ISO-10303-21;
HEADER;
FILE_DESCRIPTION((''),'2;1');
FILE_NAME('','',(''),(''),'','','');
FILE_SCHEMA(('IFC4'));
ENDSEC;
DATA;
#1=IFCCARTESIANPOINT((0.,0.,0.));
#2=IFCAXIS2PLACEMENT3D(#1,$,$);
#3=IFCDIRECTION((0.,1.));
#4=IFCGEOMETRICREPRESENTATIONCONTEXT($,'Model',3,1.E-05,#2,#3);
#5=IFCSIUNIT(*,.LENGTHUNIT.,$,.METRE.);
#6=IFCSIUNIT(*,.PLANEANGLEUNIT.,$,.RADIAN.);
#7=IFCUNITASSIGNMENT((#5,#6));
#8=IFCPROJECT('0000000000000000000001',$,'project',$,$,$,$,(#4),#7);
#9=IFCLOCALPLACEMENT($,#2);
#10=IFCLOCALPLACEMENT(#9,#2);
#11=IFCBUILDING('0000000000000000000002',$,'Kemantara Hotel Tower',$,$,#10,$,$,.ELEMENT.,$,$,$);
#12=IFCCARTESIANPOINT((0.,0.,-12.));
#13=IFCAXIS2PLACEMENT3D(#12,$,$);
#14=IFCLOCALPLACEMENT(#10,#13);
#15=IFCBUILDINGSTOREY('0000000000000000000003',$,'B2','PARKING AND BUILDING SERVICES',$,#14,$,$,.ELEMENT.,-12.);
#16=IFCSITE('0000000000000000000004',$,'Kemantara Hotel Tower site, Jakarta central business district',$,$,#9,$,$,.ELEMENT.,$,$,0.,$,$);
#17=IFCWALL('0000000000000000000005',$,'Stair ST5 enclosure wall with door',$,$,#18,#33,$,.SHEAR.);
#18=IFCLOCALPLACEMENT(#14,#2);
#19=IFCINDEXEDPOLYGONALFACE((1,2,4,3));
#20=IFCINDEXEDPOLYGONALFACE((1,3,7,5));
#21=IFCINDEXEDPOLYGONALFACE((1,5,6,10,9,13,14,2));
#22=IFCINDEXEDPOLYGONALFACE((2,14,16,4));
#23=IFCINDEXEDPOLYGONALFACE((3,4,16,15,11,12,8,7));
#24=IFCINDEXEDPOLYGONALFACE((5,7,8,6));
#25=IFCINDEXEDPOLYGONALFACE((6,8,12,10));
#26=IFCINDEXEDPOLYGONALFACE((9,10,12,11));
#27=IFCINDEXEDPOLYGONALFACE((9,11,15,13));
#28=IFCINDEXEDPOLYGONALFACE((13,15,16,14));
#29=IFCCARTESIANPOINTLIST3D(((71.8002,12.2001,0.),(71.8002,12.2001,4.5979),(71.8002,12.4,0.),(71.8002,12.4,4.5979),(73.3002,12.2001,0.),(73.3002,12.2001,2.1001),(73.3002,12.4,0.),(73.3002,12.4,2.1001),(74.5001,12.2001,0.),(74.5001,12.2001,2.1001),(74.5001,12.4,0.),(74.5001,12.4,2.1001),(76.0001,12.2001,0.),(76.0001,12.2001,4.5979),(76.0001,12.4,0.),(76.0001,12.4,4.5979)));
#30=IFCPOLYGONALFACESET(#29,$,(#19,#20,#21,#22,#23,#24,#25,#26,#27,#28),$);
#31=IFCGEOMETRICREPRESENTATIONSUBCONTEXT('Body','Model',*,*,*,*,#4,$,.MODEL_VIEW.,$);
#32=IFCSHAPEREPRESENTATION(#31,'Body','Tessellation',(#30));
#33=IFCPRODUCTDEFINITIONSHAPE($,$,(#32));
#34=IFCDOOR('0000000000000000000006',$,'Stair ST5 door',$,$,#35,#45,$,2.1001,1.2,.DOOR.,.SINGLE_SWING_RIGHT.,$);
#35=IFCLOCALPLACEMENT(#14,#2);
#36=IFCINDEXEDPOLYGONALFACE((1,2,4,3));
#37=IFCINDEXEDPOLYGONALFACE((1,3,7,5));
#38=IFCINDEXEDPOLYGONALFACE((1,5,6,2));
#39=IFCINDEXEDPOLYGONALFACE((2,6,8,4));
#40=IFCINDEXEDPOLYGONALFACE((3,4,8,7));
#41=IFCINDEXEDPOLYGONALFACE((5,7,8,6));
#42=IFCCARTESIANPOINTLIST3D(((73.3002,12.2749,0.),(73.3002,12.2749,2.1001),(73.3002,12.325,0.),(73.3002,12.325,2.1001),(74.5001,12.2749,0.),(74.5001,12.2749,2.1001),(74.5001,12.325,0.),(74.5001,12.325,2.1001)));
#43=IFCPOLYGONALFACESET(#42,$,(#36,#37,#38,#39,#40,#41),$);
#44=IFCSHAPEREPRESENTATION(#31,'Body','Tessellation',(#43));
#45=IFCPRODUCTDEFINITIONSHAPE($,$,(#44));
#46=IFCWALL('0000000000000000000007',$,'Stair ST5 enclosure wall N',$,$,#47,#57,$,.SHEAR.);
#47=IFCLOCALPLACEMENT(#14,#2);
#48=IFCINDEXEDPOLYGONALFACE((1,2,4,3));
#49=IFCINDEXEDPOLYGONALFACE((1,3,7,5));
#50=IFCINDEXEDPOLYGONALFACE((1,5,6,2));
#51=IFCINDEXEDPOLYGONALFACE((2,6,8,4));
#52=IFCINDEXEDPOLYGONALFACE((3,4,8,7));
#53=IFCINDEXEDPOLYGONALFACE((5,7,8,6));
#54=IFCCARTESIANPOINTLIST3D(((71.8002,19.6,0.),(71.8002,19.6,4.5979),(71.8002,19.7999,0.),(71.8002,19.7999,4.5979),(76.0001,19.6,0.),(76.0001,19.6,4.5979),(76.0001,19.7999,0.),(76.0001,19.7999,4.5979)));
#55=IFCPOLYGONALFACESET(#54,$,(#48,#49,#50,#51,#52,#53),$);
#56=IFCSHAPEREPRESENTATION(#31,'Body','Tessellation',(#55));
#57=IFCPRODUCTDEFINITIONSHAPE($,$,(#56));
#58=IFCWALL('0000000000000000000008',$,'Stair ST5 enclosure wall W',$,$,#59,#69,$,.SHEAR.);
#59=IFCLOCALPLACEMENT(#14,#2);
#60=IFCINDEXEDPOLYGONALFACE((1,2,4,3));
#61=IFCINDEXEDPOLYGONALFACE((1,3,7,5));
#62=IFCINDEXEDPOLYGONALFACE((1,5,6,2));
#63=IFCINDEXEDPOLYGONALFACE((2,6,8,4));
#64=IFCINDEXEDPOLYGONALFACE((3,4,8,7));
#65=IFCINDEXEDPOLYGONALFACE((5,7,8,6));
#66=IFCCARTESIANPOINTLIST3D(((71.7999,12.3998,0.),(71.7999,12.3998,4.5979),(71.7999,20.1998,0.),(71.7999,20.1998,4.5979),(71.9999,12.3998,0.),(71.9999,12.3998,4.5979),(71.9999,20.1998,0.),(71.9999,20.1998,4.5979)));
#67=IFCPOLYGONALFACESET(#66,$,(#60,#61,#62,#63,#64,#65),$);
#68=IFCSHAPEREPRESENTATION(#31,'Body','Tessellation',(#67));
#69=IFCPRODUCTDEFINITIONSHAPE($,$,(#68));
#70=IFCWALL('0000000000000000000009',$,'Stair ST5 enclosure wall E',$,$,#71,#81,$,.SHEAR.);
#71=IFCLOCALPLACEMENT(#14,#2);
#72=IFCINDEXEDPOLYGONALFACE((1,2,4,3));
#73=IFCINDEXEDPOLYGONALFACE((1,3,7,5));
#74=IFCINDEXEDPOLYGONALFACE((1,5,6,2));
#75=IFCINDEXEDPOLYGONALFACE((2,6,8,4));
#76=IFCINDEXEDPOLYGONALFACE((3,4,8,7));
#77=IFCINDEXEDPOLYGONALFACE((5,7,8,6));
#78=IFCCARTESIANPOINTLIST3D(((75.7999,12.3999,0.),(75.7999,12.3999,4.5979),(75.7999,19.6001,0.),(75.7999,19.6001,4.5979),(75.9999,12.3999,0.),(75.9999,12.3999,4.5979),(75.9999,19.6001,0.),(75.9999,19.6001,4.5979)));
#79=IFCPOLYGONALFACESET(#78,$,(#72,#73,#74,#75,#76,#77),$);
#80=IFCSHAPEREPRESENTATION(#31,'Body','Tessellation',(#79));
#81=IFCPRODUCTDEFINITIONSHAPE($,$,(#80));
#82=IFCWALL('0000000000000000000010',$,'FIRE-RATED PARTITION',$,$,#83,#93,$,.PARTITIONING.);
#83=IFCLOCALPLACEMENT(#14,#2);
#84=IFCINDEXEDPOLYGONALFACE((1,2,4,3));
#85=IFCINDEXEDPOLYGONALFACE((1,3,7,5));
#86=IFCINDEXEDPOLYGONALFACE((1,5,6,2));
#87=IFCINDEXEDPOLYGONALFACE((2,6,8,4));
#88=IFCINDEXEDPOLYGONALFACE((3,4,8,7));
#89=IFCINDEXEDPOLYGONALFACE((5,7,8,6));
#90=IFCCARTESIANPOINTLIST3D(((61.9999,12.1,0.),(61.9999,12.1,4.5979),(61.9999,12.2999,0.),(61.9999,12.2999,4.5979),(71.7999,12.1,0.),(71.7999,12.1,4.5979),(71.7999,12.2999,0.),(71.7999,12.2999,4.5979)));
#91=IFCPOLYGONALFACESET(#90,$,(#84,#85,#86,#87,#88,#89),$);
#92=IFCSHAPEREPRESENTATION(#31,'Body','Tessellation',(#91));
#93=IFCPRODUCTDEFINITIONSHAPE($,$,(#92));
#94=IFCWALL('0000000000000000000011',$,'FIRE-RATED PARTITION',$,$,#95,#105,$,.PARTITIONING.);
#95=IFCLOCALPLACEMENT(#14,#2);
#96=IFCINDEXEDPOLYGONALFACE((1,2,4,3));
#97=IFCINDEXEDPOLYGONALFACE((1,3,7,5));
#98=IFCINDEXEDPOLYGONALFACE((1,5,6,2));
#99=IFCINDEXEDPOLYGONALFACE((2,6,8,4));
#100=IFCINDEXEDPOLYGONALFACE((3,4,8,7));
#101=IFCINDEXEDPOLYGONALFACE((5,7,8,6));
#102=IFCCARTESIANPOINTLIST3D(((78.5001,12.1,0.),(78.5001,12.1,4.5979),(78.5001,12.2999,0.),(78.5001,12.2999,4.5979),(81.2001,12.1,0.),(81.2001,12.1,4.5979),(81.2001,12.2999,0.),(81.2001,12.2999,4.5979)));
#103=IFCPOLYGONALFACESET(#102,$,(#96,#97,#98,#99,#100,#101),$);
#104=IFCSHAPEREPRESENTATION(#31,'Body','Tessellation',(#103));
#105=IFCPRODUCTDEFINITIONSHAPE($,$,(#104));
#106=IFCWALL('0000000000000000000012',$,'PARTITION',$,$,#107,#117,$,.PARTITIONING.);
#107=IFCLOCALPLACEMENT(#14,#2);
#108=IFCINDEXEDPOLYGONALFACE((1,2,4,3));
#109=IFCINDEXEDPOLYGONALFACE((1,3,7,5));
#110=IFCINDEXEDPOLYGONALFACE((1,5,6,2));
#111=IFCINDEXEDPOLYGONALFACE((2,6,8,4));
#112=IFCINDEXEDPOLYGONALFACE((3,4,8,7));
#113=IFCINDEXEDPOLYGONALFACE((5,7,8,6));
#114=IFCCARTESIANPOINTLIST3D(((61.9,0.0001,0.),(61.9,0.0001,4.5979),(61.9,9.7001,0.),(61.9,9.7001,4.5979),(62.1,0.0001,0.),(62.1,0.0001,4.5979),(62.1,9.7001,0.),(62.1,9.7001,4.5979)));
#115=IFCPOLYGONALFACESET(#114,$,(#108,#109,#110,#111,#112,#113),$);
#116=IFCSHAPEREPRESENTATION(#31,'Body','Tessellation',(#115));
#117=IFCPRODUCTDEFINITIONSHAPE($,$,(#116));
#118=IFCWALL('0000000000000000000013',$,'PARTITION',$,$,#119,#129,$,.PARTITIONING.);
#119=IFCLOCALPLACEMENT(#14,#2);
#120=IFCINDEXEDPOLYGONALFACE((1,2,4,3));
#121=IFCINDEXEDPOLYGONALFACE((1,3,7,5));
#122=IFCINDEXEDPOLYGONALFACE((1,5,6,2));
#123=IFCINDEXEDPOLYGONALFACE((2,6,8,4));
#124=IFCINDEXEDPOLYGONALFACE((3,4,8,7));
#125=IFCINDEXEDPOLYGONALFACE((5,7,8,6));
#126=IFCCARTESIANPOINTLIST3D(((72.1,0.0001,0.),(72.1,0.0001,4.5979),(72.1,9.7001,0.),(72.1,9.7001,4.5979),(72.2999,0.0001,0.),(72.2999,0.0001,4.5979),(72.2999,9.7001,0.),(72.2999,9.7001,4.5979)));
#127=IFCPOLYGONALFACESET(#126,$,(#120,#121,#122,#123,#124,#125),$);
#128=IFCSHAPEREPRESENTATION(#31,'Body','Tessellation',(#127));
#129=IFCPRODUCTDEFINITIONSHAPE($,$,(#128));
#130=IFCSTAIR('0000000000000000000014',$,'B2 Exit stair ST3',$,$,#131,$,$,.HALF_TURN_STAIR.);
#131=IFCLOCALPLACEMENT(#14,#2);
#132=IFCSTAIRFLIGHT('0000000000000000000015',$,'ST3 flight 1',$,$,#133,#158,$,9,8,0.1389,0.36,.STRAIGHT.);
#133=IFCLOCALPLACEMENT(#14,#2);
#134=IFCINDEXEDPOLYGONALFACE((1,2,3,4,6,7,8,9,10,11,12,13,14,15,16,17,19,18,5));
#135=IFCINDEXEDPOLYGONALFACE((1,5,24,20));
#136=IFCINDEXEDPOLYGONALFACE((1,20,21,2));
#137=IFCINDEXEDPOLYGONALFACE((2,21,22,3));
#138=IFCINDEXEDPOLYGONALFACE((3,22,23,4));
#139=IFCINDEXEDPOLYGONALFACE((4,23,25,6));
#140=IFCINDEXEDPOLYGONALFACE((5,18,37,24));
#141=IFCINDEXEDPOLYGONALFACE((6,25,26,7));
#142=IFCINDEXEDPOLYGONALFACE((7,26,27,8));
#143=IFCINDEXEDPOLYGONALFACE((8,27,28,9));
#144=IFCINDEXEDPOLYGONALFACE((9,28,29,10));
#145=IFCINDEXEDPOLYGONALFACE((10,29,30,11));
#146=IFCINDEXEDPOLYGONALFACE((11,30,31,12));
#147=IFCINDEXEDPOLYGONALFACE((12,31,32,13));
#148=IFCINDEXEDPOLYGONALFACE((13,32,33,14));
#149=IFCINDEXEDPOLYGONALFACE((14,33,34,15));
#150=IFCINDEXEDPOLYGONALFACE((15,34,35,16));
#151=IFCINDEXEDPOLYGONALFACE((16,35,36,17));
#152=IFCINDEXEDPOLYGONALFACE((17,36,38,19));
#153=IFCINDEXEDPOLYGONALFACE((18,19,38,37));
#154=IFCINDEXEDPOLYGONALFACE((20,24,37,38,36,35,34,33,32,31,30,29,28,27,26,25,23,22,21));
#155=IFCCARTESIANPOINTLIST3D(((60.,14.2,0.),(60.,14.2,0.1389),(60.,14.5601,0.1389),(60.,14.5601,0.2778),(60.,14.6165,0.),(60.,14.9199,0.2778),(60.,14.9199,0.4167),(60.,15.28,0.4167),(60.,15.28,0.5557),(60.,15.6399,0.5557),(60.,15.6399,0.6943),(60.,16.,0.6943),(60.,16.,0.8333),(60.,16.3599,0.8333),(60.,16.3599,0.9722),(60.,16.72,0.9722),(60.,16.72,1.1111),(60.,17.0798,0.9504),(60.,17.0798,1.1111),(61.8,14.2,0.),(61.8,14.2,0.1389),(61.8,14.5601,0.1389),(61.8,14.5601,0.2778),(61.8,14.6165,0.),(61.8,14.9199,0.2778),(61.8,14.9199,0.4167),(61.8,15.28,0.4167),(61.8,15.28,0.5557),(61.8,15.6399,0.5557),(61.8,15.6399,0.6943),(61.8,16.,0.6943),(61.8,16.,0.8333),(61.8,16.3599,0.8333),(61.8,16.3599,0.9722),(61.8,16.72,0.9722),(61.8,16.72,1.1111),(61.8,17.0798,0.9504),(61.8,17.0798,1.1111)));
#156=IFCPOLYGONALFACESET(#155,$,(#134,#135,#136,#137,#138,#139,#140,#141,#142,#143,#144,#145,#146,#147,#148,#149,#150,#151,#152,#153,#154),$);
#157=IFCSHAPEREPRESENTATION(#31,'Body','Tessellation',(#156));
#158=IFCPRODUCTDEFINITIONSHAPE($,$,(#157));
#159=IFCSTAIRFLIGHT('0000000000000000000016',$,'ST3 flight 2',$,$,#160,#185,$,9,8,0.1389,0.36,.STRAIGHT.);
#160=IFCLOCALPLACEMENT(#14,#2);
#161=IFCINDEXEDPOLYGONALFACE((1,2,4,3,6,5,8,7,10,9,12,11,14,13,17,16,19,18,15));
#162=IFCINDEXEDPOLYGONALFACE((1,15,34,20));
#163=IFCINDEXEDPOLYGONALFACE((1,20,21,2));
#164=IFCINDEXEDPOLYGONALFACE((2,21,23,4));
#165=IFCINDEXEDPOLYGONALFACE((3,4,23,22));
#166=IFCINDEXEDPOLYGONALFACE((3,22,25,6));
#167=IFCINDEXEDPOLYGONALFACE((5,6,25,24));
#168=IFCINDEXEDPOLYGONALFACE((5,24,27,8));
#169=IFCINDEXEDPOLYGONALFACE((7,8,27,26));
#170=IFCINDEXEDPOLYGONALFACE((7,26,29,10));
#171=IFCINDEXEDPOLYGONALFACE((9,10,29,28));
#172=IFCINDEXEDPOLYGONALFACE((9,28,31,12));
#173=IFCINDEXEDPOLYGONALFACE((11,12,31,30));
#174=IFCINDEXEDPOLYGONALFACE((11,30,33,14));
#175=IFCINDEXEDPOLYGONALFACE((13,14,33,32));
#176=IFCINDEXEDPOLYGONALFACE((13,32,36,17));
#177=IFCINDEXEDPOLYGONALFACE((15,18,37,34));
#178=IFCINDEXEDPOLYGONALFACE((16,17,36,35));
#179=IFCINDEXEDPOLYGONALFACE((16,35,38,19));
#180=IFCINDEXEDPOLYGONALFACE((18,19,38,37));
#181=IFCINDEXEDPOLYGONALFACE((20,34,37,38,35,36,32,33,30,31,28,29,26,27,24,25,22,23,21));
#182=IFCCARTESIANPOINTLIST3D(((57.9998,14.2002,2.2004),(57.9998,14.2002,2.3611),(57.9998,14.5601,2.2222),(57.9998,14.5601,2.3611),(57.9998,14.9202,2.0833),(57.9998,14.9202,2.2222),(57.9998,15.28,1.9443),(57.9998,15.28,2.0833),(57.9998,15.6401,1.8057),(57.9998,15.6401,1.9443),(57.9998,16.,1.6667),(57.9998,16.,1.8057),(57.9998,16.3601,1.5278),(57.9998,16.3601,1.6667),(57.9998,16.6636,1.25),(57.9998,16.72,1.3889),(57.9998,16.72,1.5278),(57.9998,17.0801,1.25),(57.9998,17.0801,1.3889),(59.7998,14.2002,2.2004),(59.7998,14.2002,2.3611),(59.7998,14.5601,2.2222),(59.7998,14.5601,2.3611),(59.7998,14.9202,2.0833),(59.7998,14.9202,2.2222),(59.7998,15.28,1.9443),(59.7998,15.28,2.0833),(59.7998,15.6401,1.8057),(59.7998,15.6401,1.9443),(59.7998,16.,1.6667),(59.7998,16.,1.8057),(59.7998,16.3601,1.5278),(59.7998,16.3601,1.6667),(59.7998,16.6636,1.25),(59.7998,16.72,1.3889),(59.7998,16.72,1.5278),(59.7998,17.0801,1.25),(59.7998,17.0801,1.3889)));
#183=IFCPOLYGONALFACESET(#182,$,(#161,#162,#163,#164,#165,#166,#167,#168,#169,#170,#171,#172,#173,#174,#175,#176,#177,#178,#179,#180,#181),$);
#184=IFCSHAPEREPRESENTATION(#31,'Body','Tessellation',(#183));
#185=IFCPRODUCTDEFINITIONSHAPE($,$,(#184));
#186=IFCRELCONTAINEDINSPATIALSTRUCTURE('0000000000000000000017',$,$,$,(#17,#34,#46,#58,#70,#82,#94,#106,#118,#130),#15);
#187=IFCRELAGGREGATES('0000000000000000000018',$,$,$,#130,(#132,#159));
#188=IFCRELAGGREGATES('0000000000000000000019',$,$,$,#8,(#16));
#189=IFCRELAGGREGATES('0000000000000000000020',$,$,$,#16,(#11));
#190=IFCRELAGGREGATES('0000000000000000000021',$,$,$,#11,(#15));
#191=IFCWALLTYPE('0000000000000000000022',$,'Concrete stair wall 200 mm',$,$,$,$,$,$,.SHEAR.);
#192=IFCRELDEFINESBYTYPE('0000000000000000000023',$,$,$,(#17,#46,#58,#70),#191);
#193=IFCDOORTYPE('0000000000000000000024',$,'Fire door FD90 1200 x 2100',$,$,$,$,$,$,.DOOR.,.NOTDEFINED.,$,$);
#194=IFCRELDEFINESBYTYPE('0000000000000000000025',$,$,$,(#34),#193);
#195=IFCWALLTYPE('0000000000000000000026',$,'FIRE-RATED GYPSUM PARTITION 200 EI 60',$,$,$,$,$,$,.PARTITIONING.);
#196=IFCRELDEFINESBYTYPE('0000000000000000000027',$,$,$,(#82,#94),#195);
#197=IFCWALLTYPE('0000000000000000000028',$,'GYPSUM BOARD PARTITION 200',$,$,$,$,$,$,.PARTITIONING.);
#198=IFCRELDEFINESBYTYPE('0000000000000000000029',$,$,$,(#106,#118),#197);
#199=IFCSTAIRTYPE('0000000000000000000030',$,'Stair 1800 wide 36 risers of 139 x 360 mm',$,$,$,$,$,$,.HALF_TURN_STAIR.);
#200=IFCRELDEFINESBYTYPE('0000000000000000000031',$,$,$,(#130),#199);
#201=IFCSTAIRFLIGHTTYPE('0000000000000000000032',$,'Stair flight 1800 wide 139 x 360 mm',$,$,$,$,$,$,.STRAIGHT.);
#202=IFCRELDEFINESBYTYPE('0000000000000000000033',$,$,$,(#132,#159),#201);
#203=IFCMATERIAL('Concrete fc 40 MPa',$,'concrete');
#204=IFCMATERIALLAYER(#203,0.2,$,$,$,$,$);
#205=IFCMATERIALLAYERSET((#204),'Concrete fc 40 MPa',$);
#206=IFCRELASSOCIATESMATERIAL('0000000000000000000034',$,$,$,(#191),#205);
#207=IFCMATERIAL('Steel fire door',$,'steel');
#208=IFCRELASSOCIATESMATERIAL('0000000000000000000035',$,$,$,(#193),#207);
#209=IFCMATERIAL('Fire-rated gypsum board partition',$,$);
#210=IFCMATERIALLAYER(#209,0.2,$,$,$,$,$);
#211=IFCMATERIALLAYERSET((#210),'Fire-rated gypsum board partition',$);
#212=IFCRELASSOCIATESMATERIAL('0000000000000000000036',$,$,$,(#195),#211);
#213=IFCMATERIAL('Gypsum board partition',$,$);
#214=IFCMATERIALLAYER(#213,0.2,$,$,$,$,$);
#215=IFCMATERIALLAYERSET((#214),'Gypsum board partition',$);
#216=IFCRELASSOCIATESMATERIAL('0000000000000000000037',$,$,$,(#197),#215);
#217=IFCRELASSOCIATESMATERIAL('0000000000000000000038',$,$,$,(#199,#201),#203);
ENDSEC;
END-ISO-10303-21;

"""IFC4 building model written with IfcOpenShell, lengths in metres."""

from ifc_helpers import new_model, si_unit, direction, frame, frame_2d, origin, place, context, subcontext, project, spatial, polyline, rectangle, outline, extrude, material, layer, layer_set, type_object, element, fill, aggregate, save


model = new_model("IFC4")

# Units and contexts
model_context = context("Model", 3, precision=1e-05, world=origin(), true_north=direction((0.0, 1.0)))
body_context = subcontext(model_context, "Body", "Model", "MODEL_VIEW")
ifc_project = project(units=[si_unit("LENGTHUNIT", "METRE"), si_unit("PLANEANGLEUNIT", "RADIAN")], contexts=[model_context])

# Site, building, storey
site_placement = place(None, origin())
site = spatial("IfcSite", under=ifc_project, at=site_placement, Name="Kemantara Hotel Tower site, Jakarta central business district", CompositionType="ELEMENT", RefElevation=0.0)
building_placement = place(site_placement, origin())
building = spatial("IfcBuilding", under=site, at=building_placement, Name="Kemantara Hotel Tower", CompositionType="ELEMENT")
storey_placement = place(building_placement, frame((0.0, 0.0, -12.0)))
storey = spatial("IfcBuildingStorey", under=building, at=storey_placement, Name="B2", Description="PARKING AND BUILDING SERVICES", CompositionType="ELEMENT", Elevation=-12.0)

# Shared definitions
ifc_material_1 = material(Name="Concrete fc 40 MPa", Category="concrete")
ifc_layer_1 = layer(ifc_material_1, 0.2)
ifc_layer_set_1 = layer_set([ifc_layer_1], Name="Concrete fc 40 MPa")
wall_type_1 = type_object("IfcWallType", Name="Concrete stair wall 200 mm", PredefinedType="SHEAR", material=ifc_layer_set_1)

# Wall, opening, door
wall_1_placement = place(storey_placement, frame((71.8, 12.3, 0.0), z_axis=(0.0, 0.0, 1.0), x_axis=(1.0, 0.0, 0.0)))
wall_1 = element("IfcWall", 1, at=wall_1_placement, inside=storey, type_object=wall_type_1, Name="Stair ST5 enclosure wall with door", PredefinedType="SHEAR", context=body_context, shape_type="SweptSolid", body=[
    extrude(rectangle(XDim=4.2, YDim=0.2, at=frame_2d((2.1001, 0.0))), origin(), (0.0, 0.0, 1.0), 4.5979),
])
opening_placement = place(wall_1_placement, frame((1.5, 0.0, 0.0)))
opening = element("IfcOpeningElement", 2, at=opening_placement, cuts=wall_1, PredefinedType="OPENING", context=body_context, shape_type="SweptSolid", body=[
    extrude(rectangle(XDim=1.2, YDim=2.1001, at=frame_2d((0.6001, 1.05))), frame((0.0, 0.1099, 0.0), z_axis=(0.0, -1.0, 0.0), x_axis=(1.0, 0.0, 0.0)), (0.0, 0.0, 1.0), 0.22),
])
ifc_material_2 = material(Name="Steel fire door", Category="steel")
door_type = type_object("IfcDoorType", Name="Fire door FD90 1200 x 2100", OperationType="NOTDEFINED", PredefinedType="DOOR", material=ifc_material_2)
door_placement = place(opening_placement, origin())
door = element("IfcDoor", 3, at=door_placement, inside=storey, type_object=door_type, Name="Stair ST5 door", OperationType="SINGLE_SWING_RIGHT", OverallHeight=2.1001, OverallWidth=1.2, PredefinedType="DOOR", context=body_context, shape_type="SweptSolid", body=[
    extrude(rectangle(XDim=1.2, YDim=2.1001, at=frame_2d((0.6001, 1.05))), frame((0.0, 0.0249, 0.0), z_axis=(0.0, -1.0, 0.0), x_axis=(1.0, 0.0, 0.0)), (0.0, 0.0, 1.0), 0.05),
])
fill(opening, door)

# Walls
wall_2_placement = place(storey_placement, frame((71.8, 19.7, 0.0), z_axis=(0.0, 0.0, 1.0), x_axis=(1.0, 0.0, 0.0)))
element("IfcWall", 4, at=wall_2_placement, inside=storey, type_object=wall_type_1, Name="Stair ST5 enclosure wall N", PredefinedType="SHEAR", context=body_context, shape_type="SweptSolid", body=[
    extrude(rectangle(XDim=4.2, YDim=0.2, at=frame_2d((2.1001, 0.0))), origin(), (0.0, 0.0, 1.0), 4.5979),
])
wall_3_placement = place(storey_placement, frame((71.8999, 12.3999, 0.0), z_axis=(0.0, 0.0, 1.0), x_axis=(0.0, 1.0, 0.0)))
element("IfcWall", 5, at=wall_3_placement, inside=storey, type_object=wall_type_1, Name="Stair ST5 enclosure wall W", PredefinedType="SHEAR", context=body_context, shape_type="SweptSolid", body=[
    extrude(rectangle(XDim=7.8, YDim=0.2, at=frame_2d((3.8999, 0.0))), origin(), (0.0, 0.0, 1.0), 4.5979),
])
wall_4_placement = place(storey_placement, frame((75.8999, 12.3999, 0.0), z_axis=(0.0, 0.0, 1.0), x_axis=(0.0, 1.0, 0.0)))
element("IfcWall", 6, at=wall_4_placement, inside=storey, type_object=wall_type_1, Name="Stair ST5 enclosure wall E", PredefinedType="SHEAR", context=body_context, shape_type="SweptSolid", body=[
    extrude(rectangle(XDim=7.2002, YDim=0.2, at=frame_2d((3.6001, 0.0))), origin(), (0.0, 0.0, 1.0), 4.5979),
])
ifc_material_3 = material(Name="Fire-rated gypsum board partition")
ifc_layer_2 = layer(ifc_material_3, 0.2)
ifc_layer_set_2 = layer_set([ifc_layer_2], Name="Fire-rated gypsum board partition")
wall_type_2 = type_object("IfcWallType", Name="FIRE-RATED GYPSUM PARTITION 200 EI 60", PredefinedType="PARTITIONING", material=ifc_layer_set_2)
wall_5_placement = place(storey_placement, frame((62.0, 12.2, 0.0), z_axis=(0.0, 0.0, 1.0), x_axis=(1.0, 0.0, 0.0)))
element("IfcWall", 7, at=wall_5_placement, inside=storey, type_object=wall_type_2, Name="FIRE-RATED PARTITION", PredefinedType="PARTITIONING", context=body_context, shape_type="SweptSolid", body=[
    extrude(rectangle(XDim=9.8, YDim=0.2, at=frame_2d((4.8999, 0.0))), origin(), (0.0, 0.0, 1.0), 4.5979),
])
wall_6_placement = place(storey_placement, frame((78.5, 12.2, 0.0), z_axis=(0.0, 0.0, 1.0), x_axis=(1.0, 0.0, 0.0)))
element("IfcWall", 8, at=wall_6_placement, inside=storey, type_object=wall_type_2, Name="FIRE-RATED PARTITION", PredefinedType="PARTITIONING", context=body_context, shape_type="SweptSolid", body=[
    extrude(rectangle(XDim=2.7, YDim=0.2, at=frame_2d((1.3501, 0.0))), origin(), (0.0, 0.0, 1.0), 4.5979),
])
ifc_material_4 = material(Name="Gypsum board partition")
ifc_layer_3 = layer(ifc_material_4, 0.2)
ifc_layer_set_3 = layer_set([ifc_layer_3], Name="Gypsum board partition")
wall_type_3 = type_object("IfcWallType", Name="GYPSUM BOARD PARTITION 200", PredefinedType="PARTITIONING", material=ifc_layer_set_3)
for number, where, z_axis, x_axis, name in (
    (9, (62.0, 0.0, 0.0), (0.0, 0.0, 1.0), (0.0, 1.0, 0.0), "PARTITION"),
    (10, (72.2, 0.0, 0.0), (0.0, 0.0, 1.0), (0.0, 1.0, 0.0), "PARTITION"),
):
    element("IfcWall", number, at=place(storey_placement, frame(where, z_axis=z_axis, x_axis=x_axis)), inside=storey, type_object=wall_type_3, Name=name, PredefinedType="PARTITIONING", context=body_context, shape_type="SweptSolid", body=[
        extrude(rectangle(XDim=9.7, YDim=0.2, at=frame_2d((4.8501, 0.0))), origin(), (0.0, 0.0, 1.0), 4.5979),
    ])

# Stair, stair flights
stair_type = type_object("IfcStairType", Name="Stair 1800 wide 36 risers of 139 x 360 mm", PredefinedType="HALF_TURN_STAIR", material=ifc_material_1)
stair_1_placement = place(storey_placement, origin())
stair_1 = element("IfcStair", 11, at=stair_1_placement, inside=storey, type_object=stair_type, Name="B2 Exit stair ST3", PredefinedType="HALF_TURN_STAIR")
stair_flight_type = type_object("IfcStairFlightType", Name="Stair flight 1800 wide 139 x 360 mm", PredefinedType="STRAIGHT", material=ifc_material_1)
stair_flight_1_placement = place(storey_placement, frame((60.8999, 14.2, 0.0), z_axis=(0.0, 0.0, 1.0), x_axis=(0.0, 1.0, 0.0)))
stair_flight_1 = element("IfcStairFlight", 12, at=stair_flight_1_placement, type_object=stair_flight_type, Name="ST3 flight 1", NumberOfRisers=9, NumberOfTreads=8, PredefinedType="STRAIGHT", RiserHeight=0.1389, TreadLength=0.36, context=body_context, shape_type="SweptSolid", body=[
    extrude(outline(polyline([(0.0, 0.0), (0.0, 0.1389), (0.3601, 0.1389), (0.3601, 0.2778), (0.72, 0.2778), (0.72, 0.4167), (1.0801, 0.4167), (1.0801, 0.5557), (1.4399, 0.5557), (1.4399, 0.6943), (1.8, 0.6943), (1.8, 0.8333), (2.1599, 0.8333), (2.1599, 0.9722), (2.52, 0.9722), (2.52, 1.1111), (2.8799, 1.1111), (2.8799, 1.25), (2.8799, 0.9504), (0.4165, 0.0), (0.0, 0.0)])), frame((0.0, 0.8999, 0.0), z_axis=(0.0, -1.0, 0.0), x_axis=(1.0, 0.0, 0.0)), (0.0, 0.0, 1.0), 1.8),
])
stair_flight_2_placement = place(storey_placement, frame((58.8999, 17.0801, 1.25), z_axis=(0.0, 0.0, 1.0), x_axis=(0.0, -1.0, 0.0)))
stair_flight_2 = element("IfcStairFlight", 13, at=stair_flight_2_placement, type_object=stair_flight_type, Name="ST3 flight 2", NumberOfRisers=9, NumberOfTreads=8, PredefinedType="STRAIGHT", RiserHeight=0.1389, TreadLength=0.36, context=body_context, shape_type="SweptSolid", body=[
    extrude(outline(polyline([(0.0, 0.0), (0.0, 0.1389), (0.3601, 0.1389), (0.3601, 0.2778), (0.72, 0.2778), (0.72, 0.4167), (1.0801, 0.4167), (1.0801, 0.5557), (1.4399, 0.5557), (1.4399, 0.6943), (1.8, 0.6943), (1.8, 0.8333), (2.1599, 0.8333), (2.1599, 0.9722), (2.52, 0.9722), (2.52, 1.1111), (2.8799, 1.1111), (2.8799, 1.25), (2.8799, 0.9504), (0.4165, 0.0), (0.0, 0.0)])), frame((0.0, 0.8999, 0.0), z_axis=(0.0, -1.0, 0.0), x_axis=(1.0, 0.0, 0.0)), (0.0, 0.0, 1.0), 1.8),
])
aggregate(stair_1, [stair_flight_1, stair_flight_2])

save(model, "model.ifc")
